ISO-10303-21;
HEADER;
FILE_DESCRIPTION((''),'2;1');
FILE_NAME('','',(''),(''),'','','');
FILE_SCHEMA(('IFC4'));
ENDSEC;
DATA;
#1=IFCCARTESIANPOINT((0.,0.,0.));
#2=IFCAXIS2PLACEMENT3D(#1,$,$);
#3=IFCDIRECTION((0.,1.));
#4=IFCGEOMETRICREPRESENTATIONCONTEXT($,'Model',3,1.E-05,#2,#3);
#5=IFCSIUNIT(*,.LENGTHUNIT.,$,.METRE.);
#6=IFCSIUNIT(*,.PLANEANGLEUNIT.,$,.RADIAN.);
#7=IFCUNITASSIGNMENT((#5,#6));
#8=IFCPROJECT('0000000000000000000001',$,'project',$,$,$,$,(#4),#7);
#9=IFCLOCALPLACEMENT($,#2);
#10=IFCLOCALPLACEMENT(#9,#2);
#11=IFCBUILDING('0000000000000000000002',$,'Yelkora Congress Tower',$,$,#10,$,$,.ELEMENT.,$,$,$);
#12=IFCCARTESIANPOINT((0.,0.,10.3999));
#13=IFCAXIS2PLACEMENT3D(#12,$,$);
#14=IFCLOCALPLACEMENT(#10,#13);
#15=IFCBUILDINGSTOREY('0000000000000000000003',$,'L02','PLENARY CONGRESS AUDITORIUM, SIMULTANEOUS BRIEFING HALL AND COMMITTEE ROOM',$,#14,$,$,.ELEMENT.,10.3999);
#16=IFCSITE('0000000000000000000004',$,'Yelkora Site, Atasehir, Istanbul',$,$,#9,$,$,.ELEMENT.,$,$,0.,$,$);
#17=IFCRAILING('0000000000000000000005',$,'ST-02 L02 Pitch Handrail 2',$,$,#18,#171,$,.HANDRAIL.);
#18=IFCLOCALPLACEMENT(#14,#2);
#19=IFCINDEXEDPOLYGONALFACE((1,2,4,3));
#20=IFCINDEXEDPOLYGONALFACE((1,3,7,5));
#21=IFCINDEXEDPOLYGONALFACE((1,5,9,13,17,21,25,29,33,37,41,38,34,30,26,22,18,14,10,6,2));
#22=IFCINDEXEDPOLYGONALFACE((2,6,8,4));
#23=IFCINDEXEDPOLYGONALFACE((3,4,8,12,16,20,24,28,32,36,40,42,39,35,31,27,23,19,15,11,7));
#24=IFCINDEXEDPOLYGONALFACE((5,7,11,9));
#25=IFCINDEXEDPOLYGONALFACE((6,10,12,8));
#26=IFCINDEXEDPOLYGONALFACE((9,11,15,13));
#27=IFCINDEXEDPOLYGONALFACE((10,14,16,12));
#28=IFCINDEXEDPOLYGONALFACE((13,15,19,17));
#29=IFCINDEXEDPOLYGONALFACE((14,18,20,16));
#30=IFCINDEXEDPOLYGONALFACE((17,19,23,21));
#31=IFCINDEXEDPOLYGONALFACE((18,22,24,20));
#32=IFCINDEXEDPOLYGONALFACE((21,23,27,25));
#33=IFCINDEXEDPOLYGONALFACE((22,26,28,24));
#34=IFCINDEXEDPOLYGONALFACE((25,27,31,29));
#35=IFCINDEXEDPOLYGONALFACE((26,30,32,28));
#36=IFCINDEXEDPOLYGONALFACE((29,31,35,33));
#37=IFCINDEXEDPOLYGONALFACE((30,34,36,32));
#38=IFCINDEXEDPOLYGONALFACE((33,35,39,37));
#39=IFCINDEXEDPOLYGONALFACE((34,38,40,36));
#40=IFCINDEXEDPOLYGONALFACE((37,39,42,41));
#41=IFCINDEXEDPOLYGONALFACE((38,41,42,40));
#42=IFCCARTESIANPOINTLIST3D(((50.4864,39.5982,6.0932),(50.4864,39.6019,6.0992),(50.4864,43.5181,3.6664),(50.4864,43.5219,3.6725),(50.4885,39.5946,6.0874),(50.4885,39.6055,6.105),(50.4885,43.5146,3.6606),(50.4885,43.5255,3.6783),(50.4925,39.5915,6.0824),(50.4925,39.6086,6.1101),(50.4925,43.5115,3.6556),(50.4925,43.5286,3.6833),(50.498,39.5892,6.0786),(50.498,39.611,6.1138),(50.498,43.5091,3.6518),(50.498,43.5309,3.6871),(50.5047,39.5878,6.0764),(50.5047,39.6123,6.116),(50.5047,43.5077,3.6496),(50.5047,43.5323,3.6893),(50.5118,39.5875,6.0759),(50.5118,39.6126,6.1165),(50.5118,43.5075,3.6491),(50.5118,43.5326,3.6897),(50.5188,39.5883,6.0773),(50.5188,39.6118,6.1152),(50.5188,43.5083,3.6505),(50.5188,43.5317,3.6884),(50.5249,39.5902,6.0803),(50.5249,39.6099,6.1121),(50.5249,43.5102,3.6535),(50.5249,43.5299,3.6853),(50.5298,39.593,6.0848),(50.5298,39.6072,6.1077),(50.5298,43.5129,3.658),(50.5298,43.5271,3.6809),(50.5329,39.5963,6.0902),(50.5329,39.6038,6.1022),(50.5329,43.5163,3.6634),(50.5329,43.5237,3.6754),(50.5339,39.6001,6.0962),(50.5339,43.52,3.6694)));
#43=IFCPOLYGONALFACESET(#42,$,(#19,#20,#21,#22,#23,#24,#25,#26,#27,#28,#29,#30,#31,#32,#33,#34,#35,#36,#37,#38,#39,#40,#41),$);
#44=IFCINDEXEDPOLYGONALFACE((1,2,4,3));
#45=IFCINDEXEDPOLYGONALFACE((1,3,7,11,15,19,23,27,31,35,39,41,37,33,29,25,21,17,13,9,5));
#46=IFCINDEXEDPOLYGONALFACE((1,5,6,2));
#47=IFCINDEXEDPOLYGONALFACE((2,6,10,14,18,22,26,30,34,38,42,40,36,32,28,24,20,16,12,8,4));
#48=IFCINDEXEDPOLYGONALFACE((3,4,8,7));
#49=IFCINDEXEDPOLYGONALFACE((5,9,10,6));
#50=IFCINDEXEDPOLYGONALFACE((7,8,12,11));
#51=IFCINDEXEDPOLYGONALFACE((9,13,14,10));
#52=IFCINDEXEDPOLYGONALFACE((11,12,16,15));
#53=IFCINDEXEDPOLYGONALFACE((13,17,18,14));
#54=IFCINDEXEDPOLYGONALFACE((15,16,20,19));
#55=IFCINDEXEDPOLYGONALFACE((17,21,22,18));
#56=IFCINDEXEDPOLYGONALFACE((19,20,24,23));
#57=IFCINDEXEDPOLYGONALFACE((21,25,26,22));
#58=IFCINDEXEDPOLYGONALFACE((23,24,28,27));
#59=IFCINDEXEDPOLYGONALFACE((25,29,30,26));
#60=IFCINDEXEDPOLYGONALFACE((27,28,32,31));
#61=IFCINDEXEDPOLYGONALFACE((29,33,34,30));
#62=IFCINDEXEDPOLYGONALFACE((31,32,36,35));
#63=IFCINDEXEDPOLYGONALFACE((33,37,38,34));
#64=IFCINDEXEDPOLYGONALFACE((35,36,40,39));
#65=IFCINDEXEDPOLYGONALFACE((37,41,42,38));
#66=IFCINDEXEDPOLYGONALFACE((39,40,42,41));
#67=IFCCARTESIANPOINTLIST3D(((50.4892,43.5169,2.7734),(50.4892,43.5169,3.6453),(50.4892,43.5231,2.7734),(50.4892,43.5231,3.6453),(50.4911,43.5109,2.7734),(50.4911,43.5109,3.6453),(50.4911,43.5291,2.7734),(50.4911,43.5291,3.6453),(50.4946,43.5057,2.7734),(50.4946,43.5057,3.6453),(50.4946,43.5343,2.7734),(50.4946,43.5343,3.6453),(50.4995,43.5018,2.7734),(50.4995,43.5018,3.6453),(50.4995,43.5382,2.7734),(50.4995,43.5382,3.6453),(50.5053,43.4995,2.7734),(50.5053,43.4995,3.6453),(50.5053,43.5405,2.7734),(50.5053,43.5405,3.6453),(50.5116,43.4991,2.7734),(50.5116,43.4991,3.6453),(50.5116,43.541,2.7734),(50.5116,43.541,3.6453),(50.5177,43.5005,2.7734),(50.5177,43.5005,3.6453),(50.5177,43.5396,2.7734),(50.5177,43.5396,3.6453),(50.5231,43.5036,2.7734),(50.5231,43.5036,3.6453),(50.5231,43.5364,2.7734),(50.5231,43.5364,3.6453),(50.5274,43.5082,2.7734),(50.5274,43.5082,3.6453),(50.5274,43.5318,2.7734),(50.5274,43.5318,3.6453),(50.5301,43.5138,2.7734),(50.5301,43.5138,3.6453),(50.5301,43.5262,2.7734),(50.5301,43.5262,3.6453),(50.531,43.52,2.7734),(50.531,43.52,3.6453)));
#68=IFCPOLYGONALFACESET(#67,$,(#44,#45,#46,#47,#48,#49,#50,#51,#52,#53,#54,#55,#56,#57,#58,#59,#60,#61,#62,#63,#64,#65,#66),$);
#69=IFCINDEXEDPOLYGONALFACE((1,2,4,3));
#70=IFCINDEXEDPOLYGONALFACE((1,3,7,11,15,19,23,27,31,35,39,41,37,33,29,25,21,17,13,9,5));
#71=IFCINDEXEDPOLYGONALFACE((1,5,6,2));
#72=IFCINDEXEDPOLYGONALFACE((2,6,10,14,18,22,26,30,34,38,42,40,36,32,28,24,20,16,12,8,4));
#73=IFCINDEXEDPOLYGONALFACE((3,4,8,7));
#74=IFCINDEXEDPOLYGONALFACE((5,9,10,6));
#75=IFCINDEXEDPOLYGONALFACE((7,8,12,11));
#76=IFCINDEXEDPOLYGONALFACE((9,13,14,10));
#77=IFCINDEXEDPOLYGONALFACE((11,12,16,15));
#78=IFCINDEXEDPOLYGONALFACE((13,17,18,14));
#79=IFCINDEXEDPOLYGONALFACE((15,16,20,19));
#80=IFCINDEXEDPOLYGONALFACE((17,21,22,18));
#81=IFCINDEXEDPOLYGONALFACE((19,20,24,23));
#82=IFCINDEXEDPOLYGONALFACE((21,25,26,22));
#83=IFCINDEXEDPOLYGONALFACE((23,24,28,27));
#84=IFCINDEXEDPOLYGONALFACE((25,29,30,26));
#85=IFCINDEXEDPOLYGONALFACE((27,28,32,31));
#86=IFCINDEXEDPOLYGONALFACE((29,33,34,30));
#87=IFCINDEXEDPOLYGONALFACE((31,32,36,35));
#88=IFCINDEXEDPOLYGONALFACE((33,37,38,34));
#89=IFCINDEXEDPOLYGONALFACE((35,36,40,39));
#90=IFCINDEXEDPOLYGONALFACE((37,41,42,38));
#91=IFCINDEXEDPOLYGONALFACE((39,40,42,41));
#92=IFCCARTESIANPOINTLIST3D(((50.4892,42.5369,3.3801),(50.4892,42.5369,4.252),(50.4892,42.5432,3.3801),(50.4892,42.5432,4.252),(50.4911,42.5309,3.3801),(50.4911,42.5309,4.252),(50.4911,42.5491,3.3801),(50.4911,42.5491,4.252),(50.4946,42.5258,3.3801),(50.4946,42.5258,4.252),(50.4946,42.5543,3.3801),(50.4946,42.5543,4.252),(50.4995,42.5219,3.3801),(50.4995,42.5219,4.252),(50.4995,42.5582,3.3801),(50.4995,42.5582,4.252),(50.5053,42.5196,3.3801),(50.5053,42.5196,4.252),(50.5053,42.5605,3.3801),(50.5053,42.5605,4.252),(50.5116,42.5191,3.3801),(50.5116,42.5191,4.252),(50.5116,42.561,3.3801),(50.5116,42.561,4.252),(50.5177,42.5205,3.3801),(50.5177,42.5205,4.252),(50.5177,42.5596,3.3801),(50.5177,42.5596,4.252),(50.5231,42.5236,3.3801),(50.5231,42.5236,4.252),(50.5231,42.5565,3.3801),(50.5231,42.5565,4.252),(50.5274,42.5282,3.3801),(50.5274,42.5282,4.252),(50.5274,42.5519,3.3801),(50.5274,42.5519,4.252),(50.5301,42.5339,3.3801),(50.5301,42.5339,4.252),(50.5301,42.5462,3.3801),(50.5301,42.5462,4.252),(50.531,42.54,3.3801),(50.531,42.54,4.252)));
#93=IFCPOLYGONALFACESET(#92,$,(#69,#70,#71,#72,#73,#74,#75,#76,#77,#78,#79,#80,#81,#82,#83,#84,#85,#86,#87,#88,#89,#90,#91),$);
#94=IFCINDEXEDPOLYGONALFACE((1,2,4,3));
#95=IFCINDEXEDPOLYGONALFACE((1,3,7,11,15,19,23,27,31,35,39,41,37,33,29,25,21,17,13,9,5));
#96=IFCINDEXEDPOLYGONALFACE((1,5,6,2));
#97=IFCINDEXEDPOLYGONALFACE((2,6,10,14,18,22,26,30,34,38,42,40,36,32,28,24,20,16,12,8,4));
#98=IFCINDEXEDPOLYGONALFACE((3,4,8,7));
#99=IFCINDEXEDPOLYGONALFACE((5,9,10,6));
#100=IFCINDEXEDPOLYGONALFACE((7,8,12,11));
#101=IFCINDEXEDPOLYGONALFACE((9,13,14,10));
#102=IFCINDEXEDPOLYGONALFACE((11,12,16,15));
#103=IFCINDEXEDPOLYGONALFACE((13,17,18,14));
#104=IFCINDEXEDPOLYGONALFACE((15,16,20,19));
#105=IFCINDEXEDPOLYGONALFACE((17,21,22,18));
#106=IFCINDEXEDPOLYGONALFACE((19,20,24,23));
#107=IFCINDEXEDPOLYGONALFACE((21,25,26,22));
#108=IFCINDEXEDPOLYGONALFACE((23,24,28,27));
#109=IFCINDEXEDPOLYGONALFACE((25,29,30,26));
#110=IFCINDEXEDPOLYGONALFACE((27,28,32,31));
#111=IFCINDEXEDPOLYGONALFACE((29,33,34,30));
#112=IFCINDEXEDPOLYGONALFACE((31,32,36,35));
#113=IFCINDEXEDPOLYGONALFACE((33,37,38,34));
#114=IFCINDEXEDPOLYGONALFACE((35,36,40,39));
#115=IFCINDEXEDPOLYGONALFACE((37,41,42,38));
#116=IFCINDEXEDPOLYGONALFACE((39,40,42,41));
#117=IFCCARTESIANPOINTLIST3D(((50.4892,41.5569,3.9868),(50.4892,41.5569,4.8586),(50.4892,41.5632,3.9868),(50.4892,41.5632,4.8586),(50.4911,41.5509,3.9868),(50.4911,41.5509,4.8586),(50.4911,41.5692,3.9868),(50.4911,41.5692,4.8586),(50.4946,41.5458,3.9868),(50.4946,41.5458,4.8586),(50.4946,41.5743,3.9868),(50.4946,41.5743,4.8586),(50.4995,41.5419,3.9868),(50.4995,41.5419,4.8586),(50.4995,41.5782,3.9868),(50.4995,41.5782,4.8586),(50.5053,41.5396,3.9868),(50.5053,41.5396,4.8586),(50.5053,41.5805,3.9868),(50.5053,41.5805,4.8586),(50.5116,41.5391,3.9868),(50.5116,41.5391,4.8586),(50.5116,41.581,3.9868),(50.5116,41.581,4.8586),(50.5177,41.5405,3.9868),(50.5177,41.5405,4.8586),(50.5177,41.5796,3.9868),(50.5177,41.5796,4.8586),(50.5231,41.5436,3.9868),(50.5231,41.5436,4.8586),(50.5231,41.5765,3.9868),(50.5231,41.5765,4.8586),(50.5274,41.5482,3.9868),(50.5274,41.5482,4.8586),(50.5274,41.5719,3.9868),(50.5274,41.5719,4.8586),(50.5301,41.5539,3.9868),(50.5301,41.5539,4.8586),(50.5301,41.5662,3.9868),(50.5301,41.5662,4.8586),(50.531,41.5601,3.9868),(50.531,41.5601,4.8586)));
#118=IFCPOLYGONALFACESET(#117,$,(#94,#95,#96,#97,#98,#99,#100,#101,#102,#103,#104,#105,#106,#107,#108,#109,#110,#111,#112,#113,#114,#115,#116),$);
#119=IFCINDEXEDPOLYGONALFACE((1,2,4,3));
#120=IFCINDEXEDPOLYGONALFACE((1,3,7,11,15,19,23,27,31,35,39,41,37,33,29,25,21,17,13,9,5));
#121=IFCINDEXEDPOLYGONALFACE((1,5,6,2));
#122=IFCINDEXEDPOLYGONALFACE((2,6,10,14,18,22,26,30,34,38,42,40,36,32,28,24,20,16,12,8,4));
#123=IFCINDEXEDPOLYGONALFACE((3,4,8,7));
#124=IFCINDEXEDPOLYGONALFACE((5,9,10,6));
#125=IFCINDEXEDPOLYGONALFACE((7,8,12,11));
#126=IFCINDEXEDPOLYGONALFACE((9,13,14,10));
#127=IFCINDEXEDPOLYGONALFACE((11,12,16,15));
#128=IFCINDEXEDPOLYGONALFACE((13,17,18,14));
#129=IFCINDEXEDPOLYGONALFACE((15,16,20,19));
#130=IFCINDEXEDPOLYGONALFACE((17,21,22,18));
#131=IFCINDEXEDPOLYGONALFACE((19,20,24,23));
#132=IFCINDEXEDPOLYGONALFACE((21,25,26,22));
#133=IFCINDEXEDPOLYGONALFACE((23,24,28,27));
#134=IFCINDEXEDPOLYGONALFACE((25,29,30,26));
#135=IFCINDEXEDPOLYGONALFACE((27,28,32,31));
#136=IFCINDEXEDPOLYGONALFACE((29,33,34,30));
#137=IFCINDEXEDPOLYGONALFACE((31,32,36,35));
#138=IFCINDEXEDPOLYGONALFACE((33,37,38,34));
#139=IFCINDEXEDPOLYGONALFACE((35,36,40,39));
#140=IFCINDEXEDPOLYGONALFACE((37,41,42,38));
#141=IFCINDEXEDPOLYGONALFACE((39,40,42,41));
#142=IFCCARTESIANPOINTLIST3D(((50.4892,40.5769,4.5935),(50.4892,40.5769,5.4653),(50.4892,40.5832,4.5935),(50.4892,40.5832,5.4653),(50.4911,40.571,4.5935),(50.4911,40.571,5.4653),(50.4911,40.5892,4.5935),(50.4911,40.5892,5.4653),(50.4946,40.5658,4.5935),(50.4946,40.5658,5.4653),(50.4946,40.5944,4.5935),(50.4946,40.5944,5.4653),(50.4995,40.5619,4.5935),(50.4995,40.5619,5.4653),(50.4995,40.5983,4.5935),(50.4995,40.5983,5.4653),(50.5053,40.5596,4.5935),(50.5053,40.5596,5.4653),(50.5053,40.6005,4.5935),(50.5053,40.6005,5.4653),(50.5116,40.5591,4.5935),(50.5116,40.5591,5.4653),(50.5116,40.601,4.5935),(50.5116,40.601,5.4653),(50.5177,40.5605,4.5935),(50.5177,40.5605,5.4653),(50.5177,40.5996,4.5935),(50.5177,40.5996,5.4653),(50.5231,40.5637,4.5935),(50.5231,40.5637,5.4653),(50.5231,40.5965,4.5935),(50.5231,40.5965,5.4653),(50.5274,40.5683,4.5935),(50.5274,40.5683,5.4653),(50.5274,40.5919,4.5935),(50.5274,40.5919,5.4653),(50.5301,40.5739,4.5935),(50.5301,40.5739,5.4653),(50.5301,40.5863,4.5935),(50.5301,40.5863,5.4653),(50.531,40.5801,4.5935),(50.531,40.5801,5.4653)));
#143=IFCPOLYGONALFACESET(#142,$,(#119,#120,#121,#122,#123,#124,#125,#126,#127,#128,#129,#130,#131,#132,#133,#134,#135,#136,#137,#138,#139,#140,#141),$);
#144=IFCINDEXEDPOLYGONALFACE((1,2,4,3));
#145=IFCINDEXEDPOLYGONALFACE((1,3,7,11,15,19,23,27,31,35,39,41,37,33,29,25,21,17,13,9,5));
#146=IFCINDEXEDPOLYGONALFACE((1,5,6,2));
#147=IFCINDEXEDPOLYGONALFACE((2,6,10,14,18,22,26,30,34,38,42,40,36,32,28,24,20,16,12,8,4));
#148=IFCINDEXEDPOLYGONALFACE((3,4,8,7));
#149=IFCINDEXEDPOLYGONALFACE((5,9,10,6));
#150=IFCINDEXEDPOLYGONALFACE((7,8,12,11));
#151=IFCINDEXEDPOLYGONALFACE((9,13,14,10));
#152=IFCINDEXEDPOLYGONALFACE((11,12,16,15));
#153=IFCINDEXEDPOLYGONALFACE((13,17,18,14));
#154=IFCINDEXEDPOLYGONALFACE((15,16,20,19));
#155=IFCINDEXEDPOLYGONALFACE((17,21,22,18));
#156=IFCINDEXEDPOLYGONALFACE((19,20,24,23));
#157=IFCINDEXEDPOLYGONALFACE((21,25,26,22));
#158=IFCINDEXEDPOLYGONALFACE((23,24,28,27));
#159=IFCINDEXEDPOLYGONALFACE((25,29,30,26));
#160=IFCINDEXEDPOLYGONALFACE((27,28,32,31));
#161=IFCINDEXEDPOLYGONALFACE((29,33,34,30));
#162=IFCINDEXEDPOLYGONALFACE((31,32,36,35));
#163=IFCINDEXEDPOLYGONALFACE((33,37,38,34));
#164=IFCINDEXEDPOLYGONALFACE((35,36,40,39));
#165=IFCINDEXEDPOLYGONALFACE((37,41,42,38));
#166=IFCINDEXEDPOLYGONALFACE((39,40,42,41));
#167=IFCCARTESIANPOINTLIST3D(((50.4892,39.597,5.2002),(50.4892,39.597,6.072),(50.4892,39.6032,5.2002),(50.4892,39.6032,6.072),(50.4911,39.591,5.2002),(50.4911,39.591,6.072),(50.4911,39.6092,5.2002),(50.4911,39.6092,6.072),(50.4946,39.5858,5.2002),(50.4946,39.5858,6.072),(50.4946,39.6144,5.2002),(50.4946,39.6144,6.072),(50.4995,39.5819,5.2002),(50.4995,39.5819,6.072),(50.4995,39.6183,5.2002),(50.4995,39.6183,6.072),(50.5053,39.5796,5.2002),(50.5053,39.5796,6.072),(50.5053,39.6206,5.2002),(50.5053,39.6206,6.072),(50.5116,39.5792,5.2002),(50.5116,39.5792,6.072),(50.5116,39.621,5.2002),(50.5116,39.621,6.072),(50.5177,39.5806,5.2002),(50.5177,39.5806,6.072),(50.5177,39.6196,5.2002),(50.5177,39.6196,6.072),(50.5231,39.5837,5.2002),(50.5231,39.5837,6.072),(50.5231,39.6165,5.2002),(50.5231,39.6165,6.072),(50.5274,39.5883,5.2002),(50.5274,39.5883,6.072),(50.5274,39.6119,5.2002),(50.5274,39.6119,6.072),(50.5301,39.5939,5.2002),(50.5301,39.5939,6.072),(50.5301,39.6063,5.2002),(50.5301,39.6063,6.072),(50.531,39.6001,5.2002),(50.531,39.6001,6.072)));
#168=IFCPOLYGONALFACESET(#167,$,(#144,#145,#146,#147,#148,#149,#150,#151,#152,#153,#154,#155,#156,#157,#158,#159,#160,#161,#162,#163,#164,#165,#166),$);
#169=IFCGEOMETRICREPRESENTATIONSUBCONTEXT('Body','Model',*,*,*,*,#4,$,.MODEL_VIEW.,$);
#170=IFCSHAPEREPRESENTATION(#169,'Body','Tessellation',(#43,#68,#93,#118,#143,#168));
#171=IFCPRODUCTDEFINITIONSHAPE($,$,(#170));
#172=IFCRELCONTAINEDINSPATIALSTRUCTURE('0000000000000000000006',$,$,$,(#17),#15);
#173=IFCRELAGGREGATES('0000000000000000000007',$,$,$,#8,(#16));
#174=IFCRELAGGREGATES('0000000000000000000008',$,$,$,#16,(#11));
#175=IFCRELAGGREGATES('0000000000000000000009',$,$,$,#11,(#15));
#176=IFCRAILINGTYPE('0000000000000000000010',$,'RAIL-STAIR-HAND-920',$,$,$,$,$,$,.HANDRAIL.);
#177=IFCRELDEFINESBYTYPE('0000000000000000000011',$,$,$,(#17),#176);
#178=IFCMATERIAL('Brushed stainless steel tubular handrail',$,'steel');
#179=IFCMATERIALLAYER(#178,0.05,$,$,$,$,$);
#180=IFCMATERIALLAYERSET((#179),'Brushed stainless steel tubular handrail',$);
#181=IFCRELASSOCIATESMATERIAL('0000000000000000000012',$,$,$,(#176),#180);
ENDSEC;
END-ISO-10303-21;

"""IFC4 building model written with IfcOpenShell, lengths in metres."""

from ifc_helpers import new_model, si_unit, direction, frame, origin, origin_2d, place, context, subcontext, project, spatial, circle, extrude, material, layer, layer_set, type_object, element, save


model = new_model("IFC4")

# Units and contexts
model_context = context("Model", 3, precision=1e-05, world=origin(), true_north=direction((0.0, 1.0)))
body_context = subcontext(model_context, "Body", "Model", "MODEL_VIEW")
ifc_project = project(units=[si_unit("LENGTHUNIT", "METRE"), si_unit("PLANEANGLEUNIT", "RADIAN")], contexts=[model_context])

# Site, building, storey
site_placement = place(None, origin())
site = spatial("IfcSite", under=ifc_project, at=site_placement, Name="Yelkora Site, Atasehir, Istanbul", CompositionType="ELEMENT", RefElevation=0.0)
building_placement = place(site_placement, origin())
building = spatial("IfcBuilding", under=site, at=building_placement, Name="Yelkora Congress Tower", CompositionType="ELEMENT")
storey_placement = place(building_placement, frame((0.0, 0.0, 10.3999)))
storey = spatial("IfcBuildingStorey", under=building, at=storey_placement, Name="L02", Description="PLENARY CONGRESS AUDITORIUM, SIMULTANEOUS BRIEFING HALL AND COMMITTEE ROOM", CompositionType="ELEMENT", Elevation=10.3999)

# Railing
ifc_material_1 = material(Name="Brushed stainless steel tubular handrail", Category="steel")
ifc_layer_1 = layer(ifc_material_1, 0.05)
ifc_layer_set_1 = layer_set([ifc_layer_1], Name="Brushed stainless steel tubular handrail")
railing_type_1 = type_object("IfcRailingType", Name="RAIL-STAIR-HAND-920", PredefinedType="HANDRAIL", material=ifc_layer_set_1)
railing_1_placement = place(storey_placement, frame((50.51, 43.52, 2.7734)))
element("IfcRailing", 1, at=railing_1_placement, inside=storey, type_object=railing_type_1, Name="ST-02 L02 Pitch Handrail 2", PredefinedType="HANDRAIL", context=body_context, shape_type="SweptSolid", body=[
    extrude(circle(Radius=0.0239, at=origin_2d()), frame((0.0, 0.0, 0.896), z_axis=(0.0, -0.850252, 0.526376), x_axis=(1.0, 0.0, 0.0)), (0.0, 0.0, 1.0), 4.6104),
    extrude(circle(Radius=0.021, at=origin_2d()), origin(), (0.0, 0.0, 1.0), 0.8718),
    extrude(circle(Radius=0.021, at=origin_2d()), frame((0.0, -0.98, 0.6067)), (0.0, 0.0, 1.0), 0.8718),
    extrude(circle(Radius=0.021, at=origin_2d()), frame((0.0, -1.96, 1.2134)), (0.0, 0.0, 1.0), 0.8718),
    extrude(circle(Radius=0.021, at=origin_2d()), frame((0.0, -2.9399, 1.8201)), (0.0, 0.0, 1.0), 0.8718),
    extrude(circle(Radius=0.021, at=origin_2d()), frame((0.0, -3.9199, 2.4268)), (0.0, 0.0, 1.0), 0.8718),
])

save(model, "model.ifc")
